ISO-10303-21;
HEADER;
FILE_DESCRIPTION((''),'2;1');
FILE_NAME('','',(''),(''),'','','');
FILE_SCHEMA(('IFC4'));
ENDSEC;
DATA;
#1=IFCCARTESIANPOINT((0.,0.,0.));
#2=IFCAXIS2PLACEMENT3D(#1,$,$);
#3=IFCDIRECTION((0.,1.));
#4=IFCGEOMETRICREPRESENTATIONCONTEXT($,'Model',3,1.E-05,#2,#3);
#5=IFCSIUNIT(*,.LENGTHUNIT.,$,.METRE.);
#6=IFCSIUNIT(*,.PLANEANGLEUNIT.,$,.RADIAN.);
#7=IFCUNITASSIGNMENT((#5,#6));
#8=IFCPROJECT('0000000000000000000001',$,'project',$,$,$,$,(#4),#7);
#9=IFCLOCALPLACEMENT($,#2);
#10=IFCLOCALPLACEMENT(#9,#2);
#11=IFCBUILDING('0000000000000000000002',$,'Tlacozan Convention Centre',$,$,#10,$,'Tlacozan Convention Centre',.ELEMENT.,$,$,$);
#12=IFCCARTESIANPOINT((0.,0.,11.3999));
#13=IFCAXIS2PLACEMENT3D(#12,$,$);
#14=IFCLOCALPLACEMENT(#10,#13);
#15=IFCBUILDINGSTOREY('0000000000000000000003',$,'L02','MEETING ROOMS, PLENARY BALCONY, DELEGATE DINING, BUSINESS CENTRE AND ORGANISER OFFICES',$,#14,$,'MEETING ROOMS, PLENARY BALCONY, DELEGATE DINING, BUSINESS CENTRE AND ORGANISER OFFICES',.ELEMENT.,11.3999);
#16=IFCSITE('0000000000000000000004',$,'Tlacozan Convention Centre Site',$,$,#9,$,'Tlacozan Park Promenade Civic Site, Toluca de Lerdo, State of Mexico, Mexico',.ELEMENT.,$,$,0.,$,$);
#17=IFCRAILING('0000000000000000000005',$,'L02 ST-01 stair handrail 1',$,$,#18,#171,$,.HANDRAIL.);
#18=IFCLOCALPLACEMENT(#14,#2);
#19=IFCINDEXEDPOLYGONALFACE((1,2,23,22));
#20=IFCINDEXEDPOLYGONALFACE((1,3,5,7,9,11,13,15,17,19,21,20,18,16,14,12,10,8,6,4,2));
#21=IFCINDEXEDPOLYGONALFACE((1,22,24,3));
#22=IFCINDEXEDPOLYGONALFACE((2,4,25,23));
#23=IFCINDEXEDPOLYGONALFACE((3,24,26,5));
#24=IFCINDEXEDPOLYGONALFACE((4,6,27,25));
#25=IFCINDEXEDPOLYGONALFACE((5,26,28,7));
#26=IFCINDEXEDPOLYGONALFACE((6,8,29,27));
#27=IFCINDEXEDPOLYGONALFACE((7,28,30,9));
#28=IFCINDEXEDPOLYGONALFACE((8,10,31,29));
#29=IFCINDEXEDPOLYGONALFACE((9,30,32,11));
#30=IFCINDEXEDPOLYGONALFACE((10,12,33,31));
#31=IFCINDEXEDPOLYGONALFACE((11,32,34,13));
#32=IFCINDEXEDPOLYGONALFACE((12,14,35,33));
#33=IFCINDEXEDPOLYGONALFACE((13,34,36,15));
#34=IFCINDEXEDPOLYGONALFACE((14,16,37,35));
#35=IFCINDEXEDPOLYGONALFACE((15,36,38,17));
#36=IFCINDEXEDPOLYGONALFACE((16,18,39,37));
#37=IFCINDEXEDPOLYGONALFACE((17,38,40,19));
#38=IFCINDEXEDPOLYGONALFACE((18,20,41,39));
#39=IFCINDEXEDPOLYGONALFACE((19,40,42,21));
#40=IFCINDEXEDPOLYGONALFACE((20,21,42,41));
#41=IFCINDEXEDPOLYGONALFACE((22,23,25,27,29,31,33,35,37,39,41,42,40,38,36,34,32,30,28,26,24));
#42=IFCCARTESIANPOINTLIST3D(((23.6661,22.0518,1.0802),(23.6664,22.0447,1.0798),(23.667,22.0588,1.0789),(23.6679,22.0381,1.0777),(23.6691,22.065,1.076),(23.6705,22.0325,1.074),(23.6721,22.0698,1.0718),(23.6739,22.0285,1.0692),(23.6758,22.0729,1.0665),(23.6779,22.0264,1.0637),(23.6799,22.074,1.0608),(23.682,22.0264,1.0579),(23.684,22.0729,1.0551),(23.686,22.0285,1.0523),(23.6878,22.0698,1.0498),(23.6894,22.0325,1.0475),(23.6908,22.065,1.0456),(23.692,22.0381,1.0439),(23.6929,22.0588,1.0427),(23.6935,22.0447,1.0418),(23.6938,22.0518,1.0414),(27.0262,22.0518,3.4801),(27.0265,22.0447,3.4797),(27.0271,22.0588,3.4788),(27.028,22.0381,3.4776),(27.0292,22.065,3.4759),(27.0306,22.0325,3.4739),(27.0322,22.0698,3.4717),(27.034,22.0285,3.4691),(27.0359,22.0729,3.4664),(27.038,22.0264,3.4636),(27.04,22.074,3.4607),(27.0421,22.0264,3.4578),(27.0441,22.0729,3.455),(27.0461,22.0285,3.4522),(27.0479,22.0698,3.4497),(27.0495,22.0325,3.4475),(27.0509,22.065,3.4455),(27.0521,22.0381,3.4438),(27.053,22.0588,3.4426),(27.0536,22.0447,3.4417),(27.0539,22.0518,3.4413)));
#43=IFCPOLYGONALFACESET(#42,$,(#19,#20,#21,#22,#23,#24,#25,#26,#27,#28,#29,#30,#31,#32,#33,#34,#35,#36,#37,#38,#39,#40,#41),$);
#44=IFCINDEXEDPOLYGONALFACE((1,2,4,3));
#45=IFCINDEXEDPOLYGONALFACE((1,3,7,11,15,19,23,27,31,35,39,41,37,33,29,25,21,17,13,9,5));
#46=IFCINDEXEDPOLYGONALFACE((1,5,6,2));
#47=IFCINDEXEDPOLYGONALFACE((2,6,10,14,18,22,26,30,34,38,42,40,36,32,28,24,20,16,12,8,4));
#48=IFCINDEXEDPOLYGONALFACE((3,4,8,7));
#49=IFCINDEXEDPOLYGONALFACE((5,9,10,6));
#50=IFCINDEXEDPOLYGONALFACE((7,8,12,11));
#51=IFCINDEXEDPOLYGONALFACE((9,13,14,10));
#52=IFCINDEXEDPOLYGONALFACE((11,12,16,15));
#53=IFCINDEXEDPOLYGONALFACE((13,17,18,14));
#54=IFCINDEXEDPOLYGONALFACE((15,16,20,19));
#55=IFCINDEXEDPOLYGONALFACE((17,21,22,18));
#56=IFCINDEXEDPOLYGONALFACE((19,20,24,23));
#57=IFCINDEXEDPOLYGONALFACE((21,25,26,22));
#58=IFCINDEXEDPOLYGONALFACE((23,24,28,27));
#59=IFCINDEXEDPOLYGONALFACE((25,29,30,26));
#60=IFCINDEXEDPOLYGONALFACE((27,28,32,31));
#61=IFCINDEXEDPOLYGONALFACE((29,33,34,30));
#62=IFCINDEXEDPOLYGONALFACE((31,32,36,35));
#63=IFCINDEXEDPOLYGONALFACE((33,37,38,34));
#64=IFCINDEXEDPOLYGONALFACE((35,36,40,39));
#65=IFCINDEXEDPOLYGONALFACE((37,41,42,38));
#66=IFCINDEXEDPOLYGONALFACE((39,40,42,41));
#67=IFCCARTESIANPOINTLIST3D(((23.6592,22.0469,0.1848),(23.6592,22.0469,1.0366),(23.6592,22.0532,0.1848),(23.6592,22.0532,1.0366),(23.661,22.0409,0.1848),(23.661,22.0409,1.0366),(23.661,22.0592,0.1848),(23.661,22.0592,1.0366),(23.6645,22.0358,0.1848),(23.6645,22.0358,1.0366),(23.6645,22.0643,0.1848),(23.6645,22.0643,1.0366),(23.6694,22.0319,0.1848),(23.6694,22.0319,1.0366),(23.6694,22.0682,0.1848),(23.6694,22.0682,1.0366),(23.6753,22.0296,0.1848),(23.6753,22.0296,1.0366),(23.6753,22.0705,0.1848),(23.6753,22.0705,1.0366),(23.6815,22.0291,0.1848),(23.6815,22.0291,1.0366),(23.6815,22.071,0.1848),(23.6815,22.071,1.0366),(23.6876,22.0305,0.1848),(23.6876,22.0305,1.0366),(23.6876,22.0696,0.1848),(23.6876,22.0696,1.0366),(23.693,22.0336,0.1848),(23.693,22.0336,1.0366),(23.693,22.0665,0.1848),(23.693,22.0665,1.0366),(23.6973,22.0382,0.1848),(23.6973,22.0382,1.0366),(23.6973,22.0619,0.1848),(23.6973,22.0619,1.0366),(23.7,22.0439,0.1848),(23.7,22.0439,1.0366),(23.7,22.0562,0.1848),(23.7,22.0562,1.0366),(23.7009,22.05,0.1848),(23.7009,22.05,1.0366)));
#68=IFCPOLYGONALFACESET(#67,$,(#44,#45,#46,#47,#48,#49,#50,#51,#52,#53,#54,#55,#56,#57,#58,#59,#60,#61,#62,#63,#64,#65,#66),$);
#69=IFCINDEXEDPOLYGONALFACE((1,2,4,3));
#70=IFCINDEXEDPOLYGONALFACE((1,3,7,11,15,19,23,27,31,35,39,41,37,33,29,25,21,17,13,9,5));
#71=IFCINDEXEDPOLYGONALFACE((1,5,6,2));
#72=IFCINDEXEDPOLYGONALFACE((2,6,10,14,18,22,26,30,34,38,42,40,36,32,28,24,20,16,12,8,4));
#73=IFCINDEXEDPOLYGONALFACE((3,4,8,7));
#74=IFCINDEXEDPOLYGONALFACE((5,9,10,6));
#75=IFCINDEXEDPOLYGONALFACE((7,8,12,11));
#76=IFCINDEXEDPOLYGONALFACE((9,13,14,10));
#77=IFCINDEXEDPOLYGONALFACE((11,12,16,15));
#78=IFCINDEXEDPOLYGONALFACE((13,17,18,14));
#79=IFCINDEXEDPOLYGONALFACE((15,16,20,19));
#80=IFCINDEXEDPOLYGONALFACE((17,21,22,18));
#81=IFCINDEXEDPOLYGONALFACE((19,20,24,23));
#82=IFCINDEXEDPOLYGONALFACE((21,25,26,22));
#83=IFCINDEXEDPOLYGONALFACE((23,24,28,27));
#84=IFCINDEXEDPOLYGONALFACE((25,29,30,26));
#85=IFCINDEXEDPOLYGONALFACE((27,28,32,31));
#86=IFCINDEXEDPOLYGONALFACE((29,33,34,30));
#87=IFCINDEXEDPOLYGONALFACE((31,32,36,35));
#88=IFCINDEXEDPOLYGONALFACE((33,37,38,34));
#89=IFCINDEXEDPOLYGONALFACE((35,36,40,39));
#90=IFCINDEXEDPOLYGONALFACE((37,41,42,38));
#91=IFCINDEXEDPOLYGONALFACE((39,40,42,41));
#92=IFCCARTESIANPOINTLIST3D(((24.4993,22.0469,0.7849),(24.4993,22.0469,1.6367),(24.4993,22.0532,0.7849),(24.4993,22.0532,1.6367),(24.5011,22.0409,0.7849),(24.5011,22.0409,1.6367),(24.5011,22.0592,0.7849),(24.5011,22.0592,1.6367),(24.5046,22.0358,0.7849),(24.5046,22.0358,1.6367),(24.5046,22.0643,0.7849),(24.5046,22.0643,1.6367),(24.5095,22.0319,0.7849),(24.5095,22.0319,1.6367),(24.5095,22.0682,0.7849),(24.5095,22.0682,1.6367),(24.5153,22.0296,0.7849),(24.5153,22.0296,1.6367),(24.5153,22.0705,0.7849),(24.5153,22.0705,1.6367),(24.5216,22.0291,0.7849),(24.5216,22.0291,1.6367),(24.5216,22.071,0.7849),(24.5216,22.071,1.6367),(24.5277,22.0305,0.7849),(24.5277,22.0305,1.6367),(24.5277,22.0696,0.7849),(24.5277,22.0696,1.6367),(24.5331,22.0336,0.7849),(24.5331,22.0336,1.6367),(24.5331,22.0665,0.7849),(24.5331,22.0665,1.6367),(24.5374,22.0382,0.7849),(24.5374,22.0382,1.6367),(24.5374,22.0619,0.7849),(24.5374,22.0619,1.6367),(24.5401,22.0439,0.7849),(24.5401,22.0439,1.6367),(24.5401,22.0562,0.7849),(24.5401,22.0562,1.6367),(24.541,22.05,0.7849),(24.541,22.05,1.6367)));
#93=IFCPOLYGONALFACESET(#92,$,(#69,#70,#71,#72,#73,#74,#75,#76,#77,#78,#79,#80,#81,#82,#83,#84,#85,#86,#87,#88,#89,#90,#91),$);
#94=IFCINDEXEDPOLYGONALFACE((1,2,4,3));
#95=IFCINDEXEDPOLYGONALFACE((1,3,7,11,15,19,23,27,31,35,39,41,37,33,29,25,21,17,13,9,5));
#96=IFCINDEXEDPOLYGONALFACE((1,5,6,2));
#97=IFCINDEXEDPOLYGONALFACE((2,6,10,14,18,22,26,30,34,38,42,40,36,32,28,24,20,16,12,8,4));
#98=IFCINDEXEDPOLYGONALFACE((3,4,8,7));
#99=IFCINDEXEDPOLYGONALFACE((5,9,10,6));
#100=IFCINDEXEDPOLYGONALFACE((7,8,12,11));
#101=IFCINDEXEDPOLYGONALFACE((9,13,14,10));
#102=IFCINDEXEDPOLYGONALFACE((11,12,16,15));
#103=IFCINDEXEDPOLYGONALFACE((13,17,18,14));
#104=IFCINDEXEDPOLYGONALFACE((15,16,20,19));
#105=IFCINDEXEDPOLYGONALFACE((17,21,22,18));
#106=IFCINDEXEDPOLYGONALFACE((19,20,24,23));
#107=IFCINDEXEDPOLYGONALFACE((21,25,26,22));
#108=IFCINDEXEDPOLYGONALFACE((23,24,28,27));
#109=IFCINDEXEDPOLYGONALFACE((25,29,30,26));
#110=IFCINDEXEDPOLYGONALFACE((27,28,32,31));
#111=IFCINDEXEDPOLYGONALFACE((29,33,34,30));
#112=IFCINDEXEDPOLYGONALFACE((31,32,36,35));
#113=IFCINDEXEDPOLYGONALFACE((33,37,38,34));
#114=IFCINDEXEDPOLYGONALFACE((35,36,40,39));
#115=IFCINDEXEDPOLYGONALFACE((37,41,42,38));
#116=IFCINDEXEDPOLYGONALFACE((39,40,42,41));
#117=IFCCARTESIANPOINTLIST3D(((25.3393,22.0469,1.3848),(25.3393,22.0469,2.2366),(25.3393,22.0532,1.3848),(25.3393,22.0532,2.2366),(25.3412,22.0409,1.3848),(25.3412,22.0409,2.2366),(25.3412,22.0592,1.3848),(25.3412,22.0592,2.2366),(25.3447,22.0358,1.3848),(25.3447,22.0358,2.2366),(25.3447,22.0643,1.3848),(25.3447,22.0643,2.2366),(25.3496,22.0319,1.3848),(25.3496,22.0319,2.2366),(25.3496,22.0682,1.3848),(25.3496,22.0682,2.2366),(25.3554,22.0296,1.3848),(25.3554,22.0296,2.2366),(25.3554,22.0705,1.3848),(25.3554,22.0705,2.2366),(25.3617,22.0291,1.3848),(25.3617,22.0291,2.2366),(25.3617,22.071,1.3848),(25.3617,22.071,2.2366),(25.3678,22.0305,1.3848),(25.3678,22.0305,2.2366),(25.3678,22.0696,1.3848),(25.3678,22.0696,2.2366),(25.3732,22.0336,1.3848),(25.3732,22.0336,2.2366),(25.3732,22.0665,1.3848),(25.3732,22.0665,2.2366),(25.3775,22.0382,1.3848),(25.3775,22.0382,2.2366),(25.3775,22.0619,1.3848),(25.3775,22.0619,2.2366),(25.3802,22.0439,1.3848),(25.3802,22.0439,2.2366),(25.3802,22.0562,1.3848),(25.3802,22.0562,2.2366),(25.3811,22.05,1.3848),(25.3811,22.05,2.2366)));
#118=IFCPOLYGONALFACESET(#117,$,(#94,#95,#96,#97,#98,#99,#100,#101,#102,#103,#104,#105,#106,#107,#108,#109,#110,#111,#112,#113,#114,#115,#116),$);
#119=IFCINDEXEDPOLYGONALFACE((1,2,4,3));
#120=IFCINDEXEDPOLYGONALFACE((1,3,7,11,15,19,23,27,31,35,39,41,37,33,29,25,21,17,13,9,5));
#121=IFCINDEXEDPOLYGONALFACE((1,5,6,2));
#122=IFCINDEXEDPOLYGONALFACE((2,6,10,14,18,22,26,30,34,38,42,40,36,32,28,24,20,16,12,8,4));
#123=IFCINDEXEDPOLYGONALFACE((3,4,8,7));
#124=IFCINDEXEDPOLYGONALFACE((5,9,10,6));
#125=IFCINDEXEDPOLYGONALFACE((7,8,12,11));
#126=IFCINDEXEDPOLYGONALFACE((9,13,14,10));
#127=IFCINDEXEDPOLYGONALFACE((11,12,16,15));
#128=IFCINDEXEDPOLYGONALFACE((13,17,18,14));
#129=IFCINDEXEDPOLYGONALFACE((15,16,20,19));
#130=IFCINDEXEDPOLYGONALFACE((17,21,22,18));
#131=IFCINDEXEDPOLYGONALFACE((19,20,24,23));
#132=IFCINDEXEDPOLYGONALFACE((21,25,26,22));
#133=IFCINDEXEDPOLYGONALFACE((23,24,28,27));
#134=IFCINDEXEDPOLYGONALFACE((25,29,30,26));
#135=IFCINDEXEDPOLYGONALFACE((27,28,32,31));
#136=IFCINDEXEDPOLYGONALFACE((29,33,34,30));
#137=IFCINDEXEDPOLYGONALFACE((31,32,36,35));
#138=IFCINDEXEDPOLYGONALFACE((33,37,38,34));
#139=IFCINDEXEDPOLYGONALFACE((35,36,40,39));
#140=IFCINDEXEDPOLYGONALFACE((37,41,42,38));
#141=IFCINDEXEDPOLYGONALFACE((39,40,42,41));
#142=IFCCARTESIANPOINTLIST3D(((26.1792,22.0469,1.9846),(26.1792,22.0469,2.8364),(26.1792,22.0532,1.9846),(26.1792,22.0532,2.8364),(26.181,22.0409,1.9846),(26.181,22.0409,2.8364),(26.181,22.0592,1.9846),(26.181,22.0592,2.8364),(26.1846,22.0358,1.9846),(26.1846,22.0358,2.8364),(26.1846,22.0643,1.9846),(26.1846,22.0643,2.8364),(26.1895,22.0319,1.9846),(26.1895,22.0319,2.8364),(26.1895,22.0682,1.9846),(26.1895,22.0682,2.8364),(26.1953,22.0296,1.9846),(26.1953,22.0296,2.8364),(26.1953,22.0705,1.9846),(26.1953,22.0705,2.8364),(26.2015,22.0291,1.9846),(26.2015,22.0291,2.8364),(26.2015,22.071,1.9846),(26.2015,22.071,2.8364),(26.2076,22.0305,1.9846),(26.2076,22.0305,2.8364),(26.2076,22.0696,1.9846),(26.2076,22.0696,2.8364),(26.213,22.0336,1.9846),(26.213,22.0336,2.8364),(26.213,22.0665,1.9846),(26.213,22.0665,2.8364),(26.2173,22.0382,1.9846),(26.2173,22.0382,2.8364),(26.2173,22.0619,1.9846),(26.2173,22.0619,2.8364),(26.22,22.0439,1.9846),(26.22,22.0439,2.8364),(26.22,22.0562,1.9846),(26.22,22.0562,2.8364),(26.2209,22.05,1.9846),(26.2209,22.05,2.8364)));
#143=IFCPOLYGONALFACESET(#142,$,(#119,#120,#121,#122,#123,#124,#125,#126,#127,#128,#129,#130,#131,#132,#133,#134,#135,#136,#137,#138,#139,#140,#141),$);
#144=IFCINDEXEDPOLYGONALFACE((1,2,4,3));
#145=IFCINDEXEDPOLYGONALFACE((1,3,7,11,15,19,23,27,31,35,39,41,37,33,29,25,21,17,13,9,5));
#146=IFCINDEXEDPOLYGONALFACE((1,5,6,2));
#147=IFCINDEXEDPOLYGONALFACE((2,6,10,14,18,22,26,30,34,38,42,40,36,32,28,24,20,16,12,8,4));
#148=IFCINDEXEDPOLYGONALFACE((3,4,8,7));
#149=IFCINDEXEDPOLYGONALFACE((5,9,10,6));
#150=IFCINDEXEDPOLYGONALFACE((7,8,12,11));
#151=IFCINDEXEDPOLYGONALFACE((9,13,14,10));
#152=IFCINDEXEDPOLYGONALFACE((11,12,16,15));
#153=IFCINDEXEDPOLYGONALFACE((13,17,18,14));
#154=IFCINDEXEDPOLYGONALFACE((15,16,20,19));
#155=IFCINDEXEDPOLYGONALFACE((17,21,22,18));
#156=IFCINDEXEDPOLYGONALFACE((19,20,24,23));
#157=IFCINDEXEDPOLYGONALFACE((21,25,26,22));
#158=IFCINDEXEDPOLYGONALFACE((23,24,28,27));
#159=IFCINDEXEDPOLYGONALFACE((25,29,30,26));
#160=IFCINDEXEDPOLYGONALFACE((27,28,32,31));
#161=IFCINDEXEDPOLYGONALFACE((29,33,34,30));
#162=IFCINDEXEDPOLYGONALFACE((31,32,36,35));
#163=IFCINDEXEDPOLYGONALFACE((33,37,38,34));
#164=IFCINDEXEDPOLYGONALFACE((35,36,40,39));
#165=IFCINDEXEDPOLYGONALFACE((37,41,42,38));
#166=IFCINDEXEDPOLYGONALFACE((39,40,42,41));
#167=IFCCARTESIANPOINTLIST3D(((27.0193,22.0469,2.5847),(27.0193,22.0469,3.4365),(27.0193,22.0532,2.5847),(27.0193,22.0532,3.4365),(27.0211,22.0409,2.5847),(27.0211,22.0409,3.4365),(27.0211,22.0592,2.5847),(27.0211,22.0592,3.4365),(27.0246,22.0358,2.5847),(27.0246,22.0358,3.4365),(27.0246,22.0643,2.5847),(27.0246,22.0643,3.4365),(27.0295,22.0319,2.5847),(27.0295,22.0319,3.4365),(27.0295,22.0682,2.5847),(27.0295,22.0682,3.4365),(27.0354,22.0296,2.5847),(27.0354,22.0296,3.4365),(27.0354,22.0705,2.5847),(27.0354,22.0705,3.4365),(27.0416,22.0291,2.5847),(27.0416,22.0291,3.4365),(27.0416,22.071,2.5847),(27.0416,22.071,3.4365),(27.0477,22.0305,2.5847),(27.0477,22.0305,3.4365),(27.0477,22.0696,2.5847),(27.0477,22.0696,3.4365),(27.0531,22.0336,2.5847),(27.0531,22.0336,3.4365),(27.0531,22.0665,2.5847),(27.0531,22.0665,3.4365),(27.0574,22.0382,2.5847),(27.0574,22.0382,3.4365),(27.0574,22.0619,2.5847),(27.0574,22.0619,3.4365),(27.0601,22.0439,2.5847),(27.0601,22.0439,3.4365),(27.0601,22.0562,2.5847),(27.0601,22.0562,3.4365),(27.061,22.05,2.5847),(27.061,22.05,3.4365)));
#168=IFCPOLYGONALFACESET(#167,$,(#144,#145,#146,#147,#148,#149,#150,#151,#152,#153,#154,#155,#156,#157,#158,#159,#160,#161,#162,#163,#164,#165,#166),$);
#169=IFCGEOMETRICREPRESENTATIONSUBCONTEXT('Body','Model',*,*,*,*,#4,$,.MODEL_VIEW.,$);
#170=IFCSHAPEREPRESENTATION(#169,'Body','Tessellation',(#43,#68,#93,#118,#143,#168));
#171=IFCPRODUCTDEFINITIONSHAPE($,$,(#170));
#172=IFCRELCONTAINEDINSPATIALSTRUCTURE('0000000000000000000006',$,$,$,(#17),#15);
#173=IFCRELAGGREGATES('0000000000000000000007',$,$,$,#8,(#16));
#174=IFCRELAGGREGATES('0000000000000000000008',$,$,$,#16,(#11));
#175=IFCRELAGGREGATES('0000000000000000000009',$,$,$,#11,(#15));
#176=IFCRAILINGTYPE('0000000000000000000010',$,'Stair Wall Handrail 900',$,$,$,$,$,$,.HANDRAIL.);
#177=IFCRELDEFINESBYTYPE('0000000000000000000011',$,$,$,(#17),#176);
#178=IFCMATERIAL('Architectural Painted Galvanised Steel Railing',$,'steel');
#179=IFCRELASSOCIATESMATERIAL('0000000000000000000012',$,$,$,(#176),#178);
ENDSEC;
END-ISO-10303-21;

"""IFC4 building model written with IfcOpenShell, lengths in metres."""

from ifc_helpers import new_model, si_unit, direction, frame, origin, origin_2d, place, context, subcontext, project, spatial, circle, extrude, material, type_object, element, save


model = new_model("IFC4")

# Units and contexts
model_context = context("Model", 3, precision=1e-05, world=origin(), true_north=direction((0.0, 1.0)))
body_context = subcontext(model_context, "Body", "Model", "MODEL_VIEW")
ifc_project = project(units=[si_unit("LENGTHUNIT", "METRE"), si_unit("PLANEANGLEUNIT", "RADIAN")], contexts=[model_context])

# Site, building, storey
site_placement = place(None, origin())
site = spatial("IfcSite", under=ifc_project, at=site_placement, Name="Tlacozan Convention Centre Site", LongName="Tlacozan Park Promenade Civic Site, Toluca de Lerdo, State of Mexico, Mexico", CompositionType="ELEMENT", RefElevation=0.0)
building_placement = place(site_placement, origin())
building = spatial("IfcBuilding", under=site, at=building_placement, Name="Tlacozan Convention Centre", LongName="Tlacozan Convention Centre", CompositionType="ELEMENT")
storey_placement = place(building_placement, frame((0.0, 0.0, 11.3999)))
storey = spatial("IfcBuildingStorey", under=building, at=storey_placement, Name="L02", Description="MEETING ROOMS, PLENARY BALCONY, DELEGATE DINING, BUSINESS CENTRE AND ORGANISER OFFICES", LongName="MEETING ROOMS, PLENARY BALCONY, DELEGATE DINING, BUSINESS CENTRE AND ORGANISER OFFICES", CompositionType="ELEMENT", Elevation=11.3999)

# Railing
ifc_material_1 = material(Name="Architectural Painted Galvanised Steel Railing", Category="steel")
railing_type_1 = type_object("IfcRailingType", Name="Stair Wall Handrail 900", PredefinedType="HANDRAIL", material=ifc_material_1)
railing_1_placement = place(storey_placement, frame((23.6799, 22.05, 0.1848)))
element("IfcRailing", 1, at=railing_1_placement, inside=storey, type_object=railing_type_1, Name="L02 ST-01 stair handrail 1", PredefinedType="HANDRAIL", context=body_context, shape_type="SweptSolid", body=[
    extrude(circle(Radius=0.0239, at=origin_2d()), frame((0.0, 0.0, 0.876), z_axis=(0.813753, 0.0, 0.58121), x_axis=(0.0, 1.0, 0.0)), (0.0, 0.0, 1.0), 4.1292),
    extrude(circle(Radius=0.021, at=origin_2d()), origin(), (0.0, 0.0, 1.0), 0.8518),
    extrude(circle(Radius=0.021, at=origin_2d()), frame((0.8401, 0.0, 0.6001)), (0.0, 0.0, 1.0), 0.8518),
    extrude(circle(Radius=0.021, at=origin_2d()), frame((1.6802, 0.0, 1.2)), (0.0, 0.0, 1.0), 0.8518),
    extrude(circle(Radius=0.021, at=origin_2d()), frame((2.52, 0.0, 1.7998)), (0.0, 0.0, 1.0), 0.8518),
    extrude(circle(Radius=0.021, at=origin_2d()), frame((3.3601, 0.0, 2.3999)), (0.0, 0.0, 1.0), 0.8518),
])

save(model, "model.ifc")
